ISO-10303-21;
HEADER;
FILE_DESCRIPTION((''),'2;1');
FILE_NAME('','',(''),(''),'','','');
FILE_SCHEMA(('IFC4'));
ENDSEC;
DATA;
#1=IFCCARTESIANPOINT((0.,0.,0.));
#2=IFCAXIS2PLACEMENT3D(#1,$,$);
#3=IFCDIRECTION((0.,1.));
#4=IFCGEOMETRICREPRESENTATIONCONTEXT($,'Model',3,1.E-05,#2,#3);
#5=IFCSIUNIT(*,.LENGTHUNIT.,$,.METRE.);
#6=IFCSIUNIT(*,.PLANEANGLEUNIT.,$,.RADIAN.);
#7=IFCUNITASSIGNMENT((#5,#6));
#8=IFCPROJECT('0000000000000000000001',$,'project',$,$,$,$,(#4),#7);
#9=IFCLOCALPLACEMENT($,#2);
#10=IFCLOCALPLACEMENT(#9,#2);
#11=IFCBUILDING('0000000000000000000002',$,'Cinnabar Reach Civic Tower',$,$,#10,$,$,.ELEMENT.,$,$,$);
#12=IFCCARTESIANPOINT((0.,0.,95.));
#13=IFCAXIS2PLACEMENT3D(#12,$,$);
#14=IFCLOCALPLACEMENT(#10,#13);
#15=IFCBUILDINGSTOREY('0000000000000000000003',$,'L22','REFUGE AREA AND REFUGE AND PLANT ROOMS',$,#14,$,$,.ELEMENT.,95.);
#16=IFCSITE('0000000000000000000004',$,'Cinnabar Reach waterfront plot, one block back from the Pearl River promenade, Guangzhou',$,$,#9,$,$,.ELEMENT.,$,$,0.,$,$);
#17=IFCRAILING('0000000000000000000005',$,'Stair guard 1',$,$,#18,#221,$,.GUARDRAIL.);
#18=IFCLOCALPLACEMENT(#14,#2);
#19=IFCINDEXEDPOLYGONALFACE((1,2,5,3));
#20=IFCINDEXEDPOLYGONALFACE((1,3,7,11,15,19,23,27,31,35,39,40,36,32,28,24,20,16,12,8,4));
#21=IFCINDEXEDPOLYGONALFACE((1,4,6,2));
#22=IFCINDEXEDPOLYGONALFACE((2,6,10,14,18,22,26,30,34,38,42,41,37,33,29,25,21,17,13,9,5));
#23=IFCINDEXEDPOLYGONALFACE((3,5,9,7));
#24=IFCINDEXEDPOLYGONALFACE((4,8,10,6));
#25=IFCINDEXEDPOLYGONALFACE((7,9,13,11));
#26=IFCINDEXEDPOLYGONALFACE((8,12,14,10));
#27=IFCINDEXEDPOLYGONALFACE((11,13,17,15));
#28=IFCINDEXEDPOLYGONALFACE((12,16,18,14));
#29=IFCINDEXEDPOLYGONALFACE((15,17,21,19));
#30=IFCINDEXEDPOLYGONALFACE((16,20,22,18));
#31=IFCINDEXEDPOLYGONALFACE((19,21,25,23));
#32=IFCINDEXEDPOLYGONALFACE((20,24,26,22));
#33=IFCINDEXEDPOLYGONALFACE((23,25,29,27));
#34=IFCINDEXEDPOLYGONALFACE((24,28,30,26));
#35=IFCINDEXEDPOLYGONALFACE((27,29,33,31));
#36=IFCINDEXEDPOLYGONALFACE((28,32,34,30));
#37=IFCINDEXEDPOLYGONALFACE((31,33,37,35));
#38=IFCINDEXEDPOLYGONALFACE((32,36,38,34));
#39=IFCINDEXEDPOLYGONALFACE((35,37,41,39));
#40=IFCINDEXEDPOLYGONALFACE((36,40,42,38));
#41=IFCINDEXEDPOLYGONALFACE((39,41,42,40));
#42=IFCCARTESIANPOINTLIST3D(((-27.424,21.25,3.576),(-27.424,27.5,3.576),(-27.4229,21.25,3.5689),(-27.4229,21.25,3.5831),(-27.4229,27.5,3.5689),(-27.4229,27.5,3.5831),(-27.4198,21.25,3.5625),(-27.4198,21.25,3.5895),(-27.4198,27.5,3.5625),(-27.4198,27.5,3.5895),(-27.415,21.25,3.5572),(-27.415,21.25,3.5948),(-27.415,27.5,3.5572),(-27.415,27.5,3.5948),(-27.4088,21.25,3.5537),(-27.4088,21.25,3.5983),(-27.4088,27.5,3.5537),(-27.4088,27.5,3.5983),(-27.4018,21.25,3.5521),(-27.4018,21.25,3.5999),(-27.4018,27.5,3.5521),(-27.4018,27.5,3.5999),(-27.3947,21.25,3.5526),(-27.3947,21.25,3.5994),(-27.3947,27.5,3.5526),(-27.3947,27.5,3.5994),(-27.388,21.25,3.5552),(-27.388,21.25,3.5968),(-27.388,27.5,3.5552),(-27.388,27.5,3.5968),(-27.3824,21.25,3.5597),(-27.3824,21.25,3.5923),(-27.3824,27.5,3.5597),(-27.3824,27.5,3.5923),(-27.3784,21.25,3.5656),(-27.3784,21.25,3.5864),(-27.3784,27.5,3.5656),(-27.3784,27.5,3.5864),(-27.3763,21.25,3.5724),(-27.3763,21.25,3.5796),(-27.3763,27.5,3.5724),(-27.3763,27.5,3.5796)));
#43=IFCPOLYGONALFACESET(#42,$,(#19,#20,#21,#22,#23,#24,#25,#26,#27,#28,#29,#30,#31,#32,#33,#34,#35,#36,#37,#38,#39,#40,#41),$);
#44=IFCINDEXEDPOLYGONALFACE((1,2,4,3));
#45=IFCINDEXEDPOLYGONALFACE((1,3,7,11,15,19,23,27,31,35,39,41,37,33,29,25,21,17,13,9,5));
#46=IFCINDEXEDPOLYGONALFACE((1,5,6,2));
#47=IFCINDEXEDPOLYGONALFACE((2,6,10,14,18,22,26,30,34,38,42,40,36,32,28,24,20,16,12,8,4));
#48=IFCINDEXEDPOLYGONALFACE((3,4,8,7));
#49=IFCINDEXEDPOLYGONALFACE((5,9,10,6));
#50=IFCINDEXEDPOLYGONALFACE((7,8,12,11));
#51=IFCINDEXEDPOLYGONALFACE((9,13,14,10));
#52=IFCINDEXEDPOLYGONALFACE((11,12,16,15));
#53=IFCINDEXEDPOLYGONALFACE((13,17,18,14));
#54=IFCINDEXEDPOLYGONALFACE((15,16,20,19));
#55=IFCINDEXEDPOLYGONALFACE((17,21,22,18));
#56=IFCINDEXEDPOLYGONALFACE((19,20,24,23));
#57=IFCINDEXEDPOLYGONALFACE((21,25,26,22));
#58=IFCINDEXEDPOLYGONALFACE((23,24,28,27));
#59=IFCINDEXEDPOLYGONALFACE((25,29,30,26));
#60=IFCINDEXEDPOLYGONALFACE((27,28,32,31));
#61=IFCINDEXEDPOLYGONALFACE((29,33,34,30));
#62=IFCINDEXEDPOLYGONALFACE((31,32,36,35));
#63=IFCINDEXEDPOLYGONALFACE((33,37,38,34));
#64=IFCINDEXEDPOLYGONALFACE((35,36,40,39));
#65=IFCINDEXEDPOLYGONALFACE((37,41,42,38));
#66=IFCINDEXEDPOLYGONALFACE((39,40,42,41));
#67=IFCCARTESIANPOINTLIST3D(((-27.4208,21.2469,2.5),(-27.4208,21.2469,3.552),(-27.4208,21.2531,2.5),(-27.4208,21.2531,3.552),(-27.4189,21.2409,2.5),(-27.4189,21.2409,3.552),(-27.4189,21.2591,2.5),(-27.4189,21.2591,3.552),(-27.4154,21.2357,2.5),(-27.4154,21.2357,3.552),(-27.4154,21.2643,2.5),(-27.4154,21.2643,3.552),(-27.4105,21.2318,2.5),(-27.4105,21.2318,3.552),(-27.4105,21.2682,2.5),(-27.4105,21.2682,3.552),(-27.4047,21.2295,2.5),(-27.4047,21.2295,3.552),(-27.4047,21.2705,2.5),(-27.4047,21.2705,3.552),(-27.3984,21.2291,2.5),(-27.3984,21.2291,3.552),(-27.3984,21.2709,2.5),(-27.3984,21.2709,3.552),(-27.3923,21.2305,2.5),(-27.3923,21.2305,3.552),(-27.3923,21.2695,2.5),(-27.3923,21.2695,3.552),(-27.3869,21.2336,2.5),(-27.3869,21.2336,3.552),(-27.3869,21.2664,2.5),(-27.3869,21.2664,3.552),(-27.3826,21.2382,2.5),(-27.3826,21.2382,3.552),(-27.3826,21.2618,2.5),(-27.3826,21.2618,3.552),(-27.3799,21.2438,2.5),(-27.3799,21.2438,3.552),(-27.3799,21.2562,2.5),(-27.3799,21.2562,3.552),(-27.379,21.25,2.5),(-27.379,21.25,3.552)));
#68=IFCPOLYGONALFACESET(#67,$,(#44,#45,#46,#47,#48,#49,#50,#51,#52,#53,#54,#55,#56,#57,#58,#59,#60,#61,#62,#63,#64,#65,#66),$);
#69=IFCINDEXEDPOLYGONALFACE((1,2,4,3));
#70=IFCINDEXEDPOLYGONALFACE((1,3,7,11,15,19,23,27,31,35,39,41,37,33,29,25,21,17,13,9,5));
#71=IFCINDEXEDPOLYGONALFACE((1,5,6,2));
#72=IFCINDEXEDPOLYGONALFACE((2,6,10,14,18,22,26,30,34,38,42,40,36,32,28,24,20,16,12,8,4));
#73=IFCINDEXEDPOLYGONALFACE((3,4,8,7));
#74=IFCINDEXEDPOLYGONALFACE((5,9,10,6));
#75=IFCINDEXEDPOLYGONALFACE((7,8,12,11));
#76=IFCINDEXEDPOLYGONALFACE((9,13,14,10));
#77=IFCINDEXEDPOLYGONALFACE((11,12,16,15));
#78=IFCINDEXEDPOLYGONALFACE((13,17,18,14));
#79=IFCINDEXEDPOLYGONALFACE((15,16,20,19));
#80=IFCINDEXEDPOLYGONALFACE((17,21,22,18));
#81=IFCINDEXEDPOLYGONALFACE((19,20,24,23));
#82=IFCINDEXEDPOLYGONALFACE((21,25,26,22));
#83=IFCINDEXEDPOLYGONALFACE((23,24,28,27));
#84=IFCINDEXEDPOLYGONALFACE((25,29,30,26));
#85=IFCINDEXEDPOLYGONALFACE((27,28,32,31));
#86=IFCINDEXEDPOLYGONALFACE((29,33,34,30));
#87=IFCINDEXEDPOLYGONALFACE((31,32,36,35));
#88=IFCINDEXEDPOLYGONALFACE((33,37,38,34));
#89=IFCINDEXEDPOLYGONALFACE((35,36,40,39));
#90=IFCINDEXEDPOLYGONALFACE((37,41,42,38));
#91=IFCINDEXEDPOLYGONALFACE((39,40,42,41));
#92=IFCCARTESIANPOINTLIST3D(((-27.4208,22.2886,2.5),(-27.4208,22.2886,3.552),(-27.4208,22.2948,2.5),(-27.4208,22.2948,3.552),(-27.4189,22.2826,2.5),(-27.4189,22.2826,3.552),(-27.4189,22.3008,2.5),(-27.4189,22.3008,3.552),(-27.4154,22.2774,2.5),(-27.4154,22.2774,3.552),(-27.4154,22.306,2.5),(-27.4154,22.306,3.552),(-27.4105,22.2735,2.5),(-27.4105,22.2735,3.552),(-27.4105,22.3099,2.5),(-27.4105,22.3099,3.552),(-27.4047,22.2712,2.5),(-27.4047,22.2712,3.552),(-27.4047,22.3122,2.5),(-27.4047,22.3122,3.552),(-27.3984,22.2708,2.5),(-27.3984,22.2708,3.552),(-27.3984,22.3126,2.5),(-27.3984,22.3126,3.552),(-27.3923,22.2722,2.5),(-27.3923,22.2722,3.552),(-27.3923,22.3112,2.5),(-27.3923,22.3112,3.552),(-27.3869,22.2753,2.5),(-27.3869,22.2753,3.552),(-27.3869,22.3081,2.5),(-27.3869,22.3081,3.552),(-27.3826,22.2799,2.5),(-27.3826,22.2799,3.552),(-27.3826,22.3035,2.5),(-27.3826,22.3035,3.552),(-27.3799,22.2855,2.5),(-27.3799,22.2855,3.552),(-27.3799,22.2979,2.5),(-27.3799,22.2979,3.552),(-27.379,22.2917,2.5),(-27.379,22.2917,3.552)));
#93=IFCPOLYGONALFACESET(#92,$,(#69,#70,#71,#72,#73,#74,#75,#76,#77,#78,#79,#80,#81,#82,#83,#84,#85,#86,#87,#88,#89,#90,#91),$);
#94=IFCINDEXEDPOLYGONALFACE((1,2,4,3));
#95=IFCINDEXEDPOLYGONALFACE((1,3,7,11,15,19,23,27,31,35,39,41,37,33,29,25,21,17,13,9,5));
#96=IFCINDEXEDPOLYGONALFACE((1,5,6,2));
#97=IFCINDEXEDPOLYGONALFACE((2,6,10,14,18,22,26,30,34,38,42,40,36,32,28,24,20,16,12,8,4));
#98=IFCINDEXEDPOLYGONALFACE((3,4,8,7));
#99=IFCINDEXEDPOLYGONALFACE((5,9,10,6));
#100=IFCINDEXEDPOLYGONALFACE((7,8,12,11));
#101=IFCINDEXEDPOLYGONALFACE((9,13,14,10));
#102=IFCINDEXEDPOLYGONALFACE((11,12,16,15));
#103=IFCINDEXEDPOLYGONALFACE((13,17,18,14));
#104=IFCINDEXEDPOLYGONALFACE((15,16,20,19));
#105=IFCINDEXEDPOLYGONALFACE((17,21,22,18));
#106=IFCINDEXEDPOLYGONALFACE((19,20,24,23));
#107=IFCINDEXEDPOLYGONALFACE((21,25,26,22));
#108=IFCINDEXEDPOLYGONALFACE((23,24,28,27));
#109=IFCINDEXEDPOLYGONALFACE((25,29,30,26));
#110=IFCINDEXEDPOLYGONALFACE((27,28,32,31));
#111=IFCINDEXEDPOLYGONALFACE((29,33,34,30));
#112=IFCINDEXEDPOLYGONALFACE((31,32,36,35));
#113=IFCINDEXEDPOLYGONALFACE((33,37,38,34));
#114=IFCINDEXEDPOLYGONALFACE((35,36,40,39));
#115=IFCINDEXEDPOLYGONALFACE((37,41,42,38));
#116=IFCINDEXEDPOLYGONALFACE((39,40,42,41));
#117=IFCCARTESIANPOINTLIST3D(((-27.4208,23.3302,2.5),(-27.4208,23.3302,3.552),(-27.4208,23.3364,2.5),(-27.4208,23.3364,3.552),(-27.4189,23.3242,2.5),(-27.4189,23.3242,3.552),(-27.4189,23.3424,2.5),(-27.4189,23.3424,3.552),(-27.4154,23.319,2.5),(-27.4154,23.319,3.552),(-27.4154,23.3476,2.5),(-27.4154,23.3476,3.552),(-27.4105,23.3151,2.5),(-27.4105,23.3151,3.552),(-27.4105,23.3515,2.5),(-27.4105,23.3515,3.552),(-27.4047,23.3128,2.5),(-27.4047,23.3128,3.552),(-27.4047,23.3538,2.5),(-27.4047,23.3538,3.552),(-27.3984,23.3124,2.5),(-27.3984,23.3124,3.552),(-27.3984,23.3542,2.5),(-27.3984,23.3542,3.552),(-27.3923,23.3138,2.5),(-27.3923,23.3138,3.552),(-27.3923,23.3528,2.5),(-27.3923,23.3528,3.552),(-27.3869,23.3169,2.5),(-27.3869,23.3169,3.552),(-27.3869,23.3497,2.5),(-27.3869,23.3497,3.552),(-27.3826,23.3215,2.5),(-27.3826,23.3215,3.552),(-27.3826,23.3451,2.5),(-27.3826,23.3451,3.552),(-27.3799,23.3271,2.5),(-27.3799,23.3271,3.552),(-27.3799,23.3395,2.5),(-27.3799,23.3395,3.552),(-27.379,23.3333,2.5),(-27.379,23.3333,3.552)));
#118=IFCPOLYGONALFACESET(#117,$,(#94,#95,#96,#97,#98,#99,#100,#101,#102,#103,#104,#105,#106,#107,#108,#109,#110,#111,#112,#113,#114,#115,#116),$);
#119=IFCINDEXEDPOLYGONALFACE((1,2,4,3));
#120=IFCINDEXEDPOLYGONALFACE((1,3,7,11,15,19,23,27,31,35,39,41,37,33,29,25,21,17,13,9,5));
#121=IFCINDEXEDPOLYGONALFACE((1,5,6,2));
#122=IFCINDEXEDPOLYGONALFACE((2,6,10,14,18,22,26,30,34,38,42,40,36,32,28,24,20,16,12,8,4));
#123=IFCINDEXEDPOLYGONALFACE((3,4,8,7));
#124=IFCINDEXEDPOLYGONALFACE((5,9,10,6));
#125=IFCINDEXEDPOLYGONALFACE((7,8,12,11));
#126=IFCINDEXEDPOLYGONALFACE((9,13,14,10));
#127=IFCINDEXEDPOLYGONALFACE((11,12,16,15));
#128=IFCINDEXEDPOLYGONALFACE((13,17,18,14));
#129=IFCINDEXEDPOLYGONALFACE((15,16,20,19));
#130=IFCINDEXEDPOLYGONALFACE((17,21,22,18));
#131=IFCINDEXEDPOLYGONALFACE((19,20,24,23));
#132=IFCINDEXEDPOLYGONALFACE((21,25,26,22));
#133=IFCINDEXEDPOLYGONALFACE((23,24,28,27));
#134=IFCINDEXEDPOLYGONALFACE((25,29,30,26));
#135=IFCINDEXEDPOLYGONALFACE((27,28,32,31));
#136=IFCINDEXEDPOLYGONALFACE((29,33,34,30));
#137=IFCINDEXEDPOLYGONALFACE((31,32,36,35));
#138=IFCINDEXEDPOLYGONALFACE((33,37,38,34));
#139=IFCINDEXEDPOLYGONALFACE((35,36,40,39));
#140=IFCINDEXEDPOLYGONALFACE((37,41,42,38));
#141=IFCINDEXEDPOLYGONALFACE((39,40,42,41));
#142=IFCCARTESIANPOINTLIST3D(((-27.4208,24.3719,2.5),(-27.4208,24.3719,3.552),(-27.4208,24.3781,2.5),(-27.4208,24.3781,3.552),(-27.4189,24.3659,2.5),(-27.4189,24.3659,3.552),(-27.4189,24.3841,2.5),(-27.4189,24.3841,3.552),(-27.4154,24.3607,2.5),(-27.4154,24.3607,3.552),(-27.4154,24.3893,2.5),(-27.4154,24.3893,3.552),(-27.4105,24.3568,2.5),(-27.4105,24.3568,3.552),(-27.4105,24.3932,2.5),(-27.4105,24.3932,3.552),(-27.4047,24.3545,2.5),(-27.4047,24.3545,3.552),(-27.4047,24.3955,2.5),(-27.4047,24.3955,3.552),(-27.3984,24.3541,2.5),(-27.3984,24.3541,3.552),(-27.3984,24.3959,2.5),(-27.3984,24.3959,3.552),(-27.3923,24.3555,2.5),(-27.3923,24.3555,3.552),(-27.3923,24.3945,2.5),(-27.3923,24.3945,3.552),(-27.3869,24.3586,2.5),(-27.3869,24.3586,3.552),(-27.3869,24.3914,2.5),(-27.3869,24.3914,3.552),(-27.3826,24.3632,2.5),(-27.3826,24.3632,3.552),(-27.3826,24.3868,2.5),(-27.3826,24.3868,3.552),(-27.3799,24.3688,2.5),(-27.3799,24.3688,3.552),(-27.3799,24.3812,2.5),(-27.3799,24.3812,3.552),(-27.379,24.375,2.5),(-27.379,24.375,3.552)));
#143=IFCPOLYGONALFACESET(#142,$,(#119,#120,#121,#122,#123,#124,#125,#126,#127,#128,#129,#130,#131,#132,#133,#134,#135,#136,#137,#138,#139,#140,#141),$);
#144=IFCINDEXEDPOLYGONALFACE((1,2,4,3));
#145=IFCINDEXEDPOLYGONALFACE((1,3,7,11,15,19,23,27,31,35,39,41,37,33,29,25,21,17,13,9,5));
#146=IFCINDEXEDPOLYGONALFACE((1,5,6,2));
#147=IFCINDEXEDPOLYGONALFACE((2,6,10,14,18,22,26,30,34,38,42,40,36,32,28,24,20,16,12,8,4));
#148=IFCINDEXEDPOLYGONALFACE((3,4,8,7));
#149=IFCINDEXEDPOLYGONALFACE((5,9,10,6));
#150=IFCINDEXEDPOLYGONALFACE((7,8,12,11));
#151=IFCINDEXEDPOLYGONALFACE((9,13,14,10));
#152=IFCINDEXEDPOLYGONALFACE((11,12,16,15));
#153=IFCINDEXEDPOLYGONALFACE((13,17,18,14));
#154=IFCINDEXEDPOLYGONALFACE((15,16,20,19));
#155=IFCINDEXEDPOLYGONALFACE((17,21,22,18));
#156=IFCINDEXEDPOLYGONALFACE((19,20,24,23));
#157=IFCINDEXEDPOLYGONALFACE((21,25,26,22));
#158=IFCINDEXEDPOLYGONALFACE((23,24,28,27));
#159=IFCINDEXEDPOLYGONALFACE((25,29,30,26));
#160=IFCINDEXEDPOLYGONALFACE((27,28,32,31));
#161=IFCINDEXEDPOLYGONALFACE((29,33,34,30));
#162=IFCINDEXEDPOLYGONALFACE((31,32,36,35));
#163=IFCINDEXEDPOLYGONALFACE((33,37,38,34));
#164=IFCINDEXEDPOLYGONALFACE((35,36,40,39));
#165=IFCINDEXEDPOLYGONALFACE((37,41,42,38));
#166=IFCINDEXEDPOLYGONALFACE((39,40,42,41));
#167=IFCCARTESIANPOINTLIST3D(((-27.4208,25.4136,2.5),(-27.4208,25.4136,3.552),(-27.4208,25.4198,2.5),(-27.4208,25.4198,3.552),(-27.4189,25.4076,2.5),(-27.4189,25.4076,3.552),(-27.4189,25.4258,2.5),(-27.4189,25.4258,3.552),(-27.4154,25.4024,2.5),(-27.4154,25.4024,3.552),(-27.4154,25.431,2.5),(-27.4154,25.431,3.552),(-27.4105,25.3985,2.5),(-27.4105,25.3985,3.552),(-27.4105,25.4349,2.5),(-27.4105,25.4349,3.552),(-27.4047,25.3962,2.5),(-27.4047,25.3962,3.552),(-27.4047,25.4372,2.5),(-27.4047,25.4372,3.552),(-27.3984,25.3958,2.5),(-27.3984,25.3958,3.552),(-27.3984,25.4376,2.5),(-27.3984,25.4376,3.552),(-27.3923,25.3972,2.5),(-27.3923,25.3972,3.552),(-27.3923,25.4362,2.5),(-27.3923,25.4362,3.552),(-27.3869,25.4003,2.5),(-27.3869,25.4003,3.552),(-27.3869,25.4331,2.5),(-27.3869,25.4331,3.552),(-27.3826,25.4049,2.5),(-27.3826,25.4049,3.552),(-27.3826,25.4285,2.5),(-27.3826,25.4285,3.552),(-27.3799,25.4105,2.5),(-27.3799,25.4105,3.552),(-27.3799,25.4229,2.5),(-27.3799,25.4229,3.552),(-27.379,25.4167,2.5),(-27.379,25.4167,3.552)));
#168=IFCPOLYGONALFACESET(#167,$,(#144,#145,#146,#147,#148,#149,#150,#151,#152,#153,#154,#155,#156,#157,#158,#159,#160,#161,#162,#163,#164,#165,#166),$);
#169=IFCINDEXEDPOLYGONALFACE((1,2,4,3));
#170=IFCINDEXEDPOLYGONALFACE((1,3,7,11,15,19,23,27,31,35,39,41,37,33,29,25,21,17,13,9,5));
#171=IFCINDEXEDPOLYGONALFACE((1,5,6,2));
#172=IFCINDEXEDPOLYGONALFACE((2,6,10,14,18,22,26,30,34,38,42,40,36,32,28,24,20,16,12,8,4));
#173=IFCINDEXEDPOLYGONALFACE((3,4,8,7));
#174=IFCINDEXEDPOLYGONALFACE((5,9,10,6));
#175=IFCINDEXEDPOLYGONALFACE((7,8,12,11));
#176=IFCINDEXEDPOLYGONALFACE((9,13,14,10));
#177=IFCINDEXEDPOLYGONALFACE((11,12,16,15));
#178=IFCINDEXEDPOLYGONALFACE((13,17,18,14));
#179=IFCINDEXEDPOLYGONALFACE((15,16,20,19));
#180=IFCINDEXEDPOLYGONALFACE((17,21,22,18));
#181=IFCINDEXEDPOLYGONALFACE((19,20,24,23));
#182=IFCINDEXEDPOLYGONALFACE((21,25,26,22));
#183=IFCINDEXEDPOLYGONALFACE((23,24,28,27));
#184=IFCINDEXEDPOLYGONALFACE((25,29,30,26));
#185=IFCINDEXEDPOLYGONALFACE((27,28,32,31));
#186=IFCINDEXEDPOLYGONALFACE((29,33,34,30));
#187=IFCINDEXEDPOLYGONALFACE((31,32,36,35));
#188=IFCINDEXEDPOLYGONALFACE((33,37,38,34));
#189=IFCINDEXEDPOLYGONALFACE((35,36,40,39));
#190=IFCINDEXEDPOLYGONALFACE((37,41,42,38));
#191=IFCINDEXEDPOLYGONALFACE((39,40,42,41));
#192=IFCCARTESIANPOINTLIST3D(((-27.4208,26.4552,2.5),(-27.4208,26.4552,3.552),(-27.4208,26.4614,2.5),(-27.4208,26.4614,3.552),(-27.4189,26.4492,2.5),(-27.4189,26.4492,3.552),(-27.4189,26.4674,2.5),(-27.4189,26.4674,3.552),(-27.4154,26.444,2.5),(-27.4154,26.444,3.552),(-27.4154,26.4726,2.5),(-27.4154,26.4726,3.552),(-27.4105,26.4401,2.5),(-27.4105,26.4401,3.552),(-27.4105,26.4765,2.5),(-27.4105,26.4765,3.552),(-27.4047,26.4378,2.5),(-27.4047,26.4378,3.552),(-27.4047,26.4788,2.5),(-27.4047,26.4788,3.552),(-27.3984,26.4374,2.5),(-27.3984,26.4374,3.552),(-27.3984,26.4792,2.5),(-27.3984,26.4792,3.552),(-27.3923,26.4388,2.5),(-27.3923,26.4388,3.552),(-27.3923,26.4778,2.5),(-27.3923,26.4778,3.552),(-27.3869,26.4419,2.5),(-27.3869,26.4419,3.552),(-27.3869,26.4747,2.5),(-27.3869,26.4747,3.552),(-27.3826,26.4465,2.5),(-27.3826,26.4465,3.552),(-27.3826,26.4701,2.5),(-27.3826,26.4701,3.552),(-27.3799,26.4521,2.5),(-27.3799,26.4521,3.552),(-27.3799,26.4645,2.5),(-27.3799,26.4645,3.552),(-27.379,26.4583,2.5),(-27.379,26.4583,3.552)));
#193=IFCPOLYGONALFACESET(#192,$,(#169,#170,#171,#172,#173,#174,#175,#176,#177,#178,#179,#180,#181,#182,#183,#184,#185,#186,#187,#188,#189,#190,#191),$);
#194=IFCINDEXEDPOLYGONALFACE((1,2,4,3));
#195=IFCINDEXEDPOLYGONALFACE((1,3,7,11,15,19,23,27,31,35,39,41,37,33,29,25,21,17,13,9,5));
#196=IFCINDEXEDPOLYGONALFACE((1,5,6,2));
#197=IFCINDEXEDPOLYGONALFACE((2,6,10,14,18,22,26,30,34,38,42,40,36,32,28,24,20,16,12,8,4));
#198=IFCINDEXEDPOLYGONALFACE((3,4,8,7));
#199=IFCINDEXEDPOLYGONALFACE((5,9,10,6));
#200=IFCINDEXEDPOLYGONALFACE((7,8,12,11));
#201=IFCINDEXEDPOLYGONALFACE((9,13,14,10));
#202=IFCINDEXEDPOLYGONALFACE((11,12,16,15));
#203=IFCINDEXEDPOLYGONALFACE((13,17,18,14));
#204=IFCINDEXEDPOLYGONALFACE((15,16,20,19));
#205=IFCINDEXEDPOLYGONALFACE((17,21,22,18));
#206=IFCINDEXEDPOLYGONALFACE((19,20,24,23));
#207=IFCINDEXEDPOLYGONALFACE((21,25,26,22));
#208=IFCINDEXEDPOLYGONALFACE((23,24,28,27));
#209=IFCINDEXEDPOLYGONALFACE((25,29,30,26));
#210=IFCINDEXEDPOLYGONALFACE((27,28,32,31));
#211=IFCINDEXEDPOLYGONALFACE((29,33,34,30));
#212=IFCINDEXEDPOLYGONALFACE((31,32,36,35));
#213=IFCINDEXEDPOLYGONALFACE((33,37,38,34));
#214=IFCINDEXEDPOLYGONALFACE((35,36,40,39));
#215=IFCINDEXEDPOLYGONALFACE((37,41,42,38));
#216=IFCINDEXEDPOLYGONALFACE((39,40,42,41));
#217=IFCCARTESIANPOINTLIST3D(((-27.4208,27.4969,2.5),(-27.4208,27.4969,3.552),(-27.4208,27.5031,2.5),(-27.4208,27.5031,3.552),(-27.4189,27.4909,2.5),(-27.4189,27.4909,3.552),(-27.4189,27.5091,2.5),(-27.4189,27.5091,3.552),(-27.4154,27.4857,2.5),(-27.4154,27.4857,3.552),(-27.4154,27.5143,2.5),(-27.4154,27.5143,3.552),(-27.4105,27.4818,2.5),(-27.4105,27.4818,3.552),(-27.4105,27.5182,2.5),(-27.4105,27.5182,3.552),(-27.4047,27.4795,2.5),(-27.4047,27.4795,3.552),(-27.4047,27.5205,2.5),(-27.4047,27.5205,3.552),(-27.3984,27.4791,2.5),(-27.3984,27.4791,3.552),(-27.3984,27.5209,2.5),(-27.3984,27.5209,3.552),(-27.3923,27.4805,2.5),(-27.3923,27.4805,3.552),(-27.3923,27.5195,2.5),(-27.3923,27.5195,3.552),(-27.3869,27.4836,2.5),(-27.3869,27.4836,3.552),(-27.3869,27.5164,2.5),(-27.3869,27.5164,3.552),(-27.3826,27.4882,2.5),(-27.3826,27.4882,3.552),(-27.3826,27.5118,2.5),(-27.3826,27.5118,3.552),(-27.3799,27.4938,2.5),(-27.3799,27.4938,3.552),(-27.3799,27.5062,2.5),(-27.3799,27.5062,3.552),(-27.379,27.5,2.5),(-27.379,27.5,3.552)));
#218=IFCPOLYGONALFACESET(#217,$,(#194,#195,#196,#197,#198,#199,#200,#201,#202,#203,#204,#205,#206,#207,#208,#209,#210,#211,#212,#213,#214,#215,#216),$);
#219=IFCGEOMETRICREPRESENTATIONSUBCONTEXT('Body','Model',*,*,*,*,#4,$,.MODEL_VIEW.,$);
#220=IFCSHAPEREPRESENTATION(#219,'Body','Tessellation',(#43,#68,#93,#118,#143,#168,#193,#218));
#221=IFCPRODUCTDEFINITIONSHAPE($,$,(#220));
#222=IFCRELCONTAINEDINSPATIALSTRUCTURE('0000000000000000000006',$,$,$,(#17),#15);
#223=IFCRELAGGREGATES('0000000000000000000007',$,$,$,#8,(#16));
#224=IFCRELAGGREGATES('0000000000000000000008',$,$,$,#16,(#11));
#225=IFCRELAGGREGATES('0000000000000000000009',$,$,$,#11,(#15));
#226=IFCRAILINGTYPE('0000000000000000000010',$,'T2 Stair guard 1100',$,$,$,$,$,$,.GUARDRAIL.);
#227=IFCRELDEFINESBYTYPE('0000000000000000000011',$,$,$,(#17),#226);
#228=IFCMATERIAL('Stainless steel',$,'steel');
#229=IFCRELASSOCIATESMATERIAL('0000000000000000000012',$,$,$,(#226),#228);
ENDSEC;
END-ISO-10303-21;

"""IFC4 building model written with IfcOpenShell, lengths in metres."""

from ifc_helpers import new_model, si_unit, direction, frame, origin, origin_2d, place, context, subcontext, project, spatial, circle, extrude, material, type_object, element, save


model = new_model("IFC4")

# Units and contexts
model_context = context("Model", 3, precision=1e-05, world=origin(), true_north=direction((0.0, 1.0)))
body_context = subcontext(model_context, "Body", "Model", "MODEL_VIEW")
ifc_project = project(units=[si_unit("LENGTHUNIT", "METRE"), si_unit("PLANEANGLEUNIT", "RADIAN")], contexts=[model_context])

# Site, building, storey
site_placement = place(None, origin())
site = spatial("IfcSite", under=ifc_project, at=site_placement, Name="Cinnabar Reach waterfront plot, one block back from the Pearl River promenade, Guangzhou", CompositionType="ELEMENT", RefElevation=0.0)
building_placement = place(site_placement, origin())
building = spatial("IfcBuilding", under=site, at=building_placement, Name="Cinnabar Reach Civic Tower", CompositionType="ELEMENT")
storey_placement = place(building_placement, frame((0.0, 0.0, 95.0)))
storey = spatial("IfcBuildingStorey", under=building, at=storey_placement, Name="L22", Description="REFUGE AREA AND REFUGE AND PLANT ROOMS", CompositionType="ELEMENT", Elevation=95.0)

# Railing
ifc_material_1 = material(Name="Stainless steel", Category="steel")
railing_type = type_object("IfcRailingType", Name="T2 Stair guard 1100", PredefinedType="GUARDRAIL", material=ifc_material_1)
for number, where, name in (
    (1, (-27.4, 21.25, 2.5), "Stair guard 1"),
):
    element("IfcRailing", number, at=place(storey_placement, frame(where)), inside=storey, type_object=railing_type, Name=name, PredefinedType="GUARDRAIL", context=body_context, shape_type="SweptSolid", body=[
        extrude(circle(Radius=0.024, at=origin_2d()), frame((0.0, 0.0, 1.076), z_axis=(0.0, 1.0, 0.0), x_axis=(-1.0, 0.0, 0.0)), (0.0, 0.0, 1.0), 6.25),
        extrude(circle(Radius=0.021, at=origin_2d()), origin(), (0.0, 0.0, 1.0), 1.052),
        extrude(circle(Radius=0.021, at=origin_2d()), frame((0.0, 1.0417, 0.0)), (0.0, 0.0, 1.0), 1.052),
        extrude(circle(Radius=0.021, at=origin_2d()), frame((0.0, 2.0833, 0.0)), (0.0, 0.0, 1.0), 1.052),
        extrude(circle(Radius=0.021, at=origin_2d()), frame((0.0, 3.125, 0.0)), (0.0, 0.0, 1.0), 1.052),
        extrude(circle(Radius=0.021, at=origin_2d()), frame((0.0, 4.1667, 0.0)), (0.0, 0.0, 1.0), 1.052),
        extrude(circle(Radius=0.021, at=origin_2d()), frame((0.0, 5.2083, 0.0)), (0.0, 0.0, 1.0), 1.052),
        extrude(circle(Radius=0.021, at=origin_2d()), frame((0.0, 6.25, 0.0)), (0.0, 0.0, 1.0), 1.052),
    ])

save(model, "model.ifc")
